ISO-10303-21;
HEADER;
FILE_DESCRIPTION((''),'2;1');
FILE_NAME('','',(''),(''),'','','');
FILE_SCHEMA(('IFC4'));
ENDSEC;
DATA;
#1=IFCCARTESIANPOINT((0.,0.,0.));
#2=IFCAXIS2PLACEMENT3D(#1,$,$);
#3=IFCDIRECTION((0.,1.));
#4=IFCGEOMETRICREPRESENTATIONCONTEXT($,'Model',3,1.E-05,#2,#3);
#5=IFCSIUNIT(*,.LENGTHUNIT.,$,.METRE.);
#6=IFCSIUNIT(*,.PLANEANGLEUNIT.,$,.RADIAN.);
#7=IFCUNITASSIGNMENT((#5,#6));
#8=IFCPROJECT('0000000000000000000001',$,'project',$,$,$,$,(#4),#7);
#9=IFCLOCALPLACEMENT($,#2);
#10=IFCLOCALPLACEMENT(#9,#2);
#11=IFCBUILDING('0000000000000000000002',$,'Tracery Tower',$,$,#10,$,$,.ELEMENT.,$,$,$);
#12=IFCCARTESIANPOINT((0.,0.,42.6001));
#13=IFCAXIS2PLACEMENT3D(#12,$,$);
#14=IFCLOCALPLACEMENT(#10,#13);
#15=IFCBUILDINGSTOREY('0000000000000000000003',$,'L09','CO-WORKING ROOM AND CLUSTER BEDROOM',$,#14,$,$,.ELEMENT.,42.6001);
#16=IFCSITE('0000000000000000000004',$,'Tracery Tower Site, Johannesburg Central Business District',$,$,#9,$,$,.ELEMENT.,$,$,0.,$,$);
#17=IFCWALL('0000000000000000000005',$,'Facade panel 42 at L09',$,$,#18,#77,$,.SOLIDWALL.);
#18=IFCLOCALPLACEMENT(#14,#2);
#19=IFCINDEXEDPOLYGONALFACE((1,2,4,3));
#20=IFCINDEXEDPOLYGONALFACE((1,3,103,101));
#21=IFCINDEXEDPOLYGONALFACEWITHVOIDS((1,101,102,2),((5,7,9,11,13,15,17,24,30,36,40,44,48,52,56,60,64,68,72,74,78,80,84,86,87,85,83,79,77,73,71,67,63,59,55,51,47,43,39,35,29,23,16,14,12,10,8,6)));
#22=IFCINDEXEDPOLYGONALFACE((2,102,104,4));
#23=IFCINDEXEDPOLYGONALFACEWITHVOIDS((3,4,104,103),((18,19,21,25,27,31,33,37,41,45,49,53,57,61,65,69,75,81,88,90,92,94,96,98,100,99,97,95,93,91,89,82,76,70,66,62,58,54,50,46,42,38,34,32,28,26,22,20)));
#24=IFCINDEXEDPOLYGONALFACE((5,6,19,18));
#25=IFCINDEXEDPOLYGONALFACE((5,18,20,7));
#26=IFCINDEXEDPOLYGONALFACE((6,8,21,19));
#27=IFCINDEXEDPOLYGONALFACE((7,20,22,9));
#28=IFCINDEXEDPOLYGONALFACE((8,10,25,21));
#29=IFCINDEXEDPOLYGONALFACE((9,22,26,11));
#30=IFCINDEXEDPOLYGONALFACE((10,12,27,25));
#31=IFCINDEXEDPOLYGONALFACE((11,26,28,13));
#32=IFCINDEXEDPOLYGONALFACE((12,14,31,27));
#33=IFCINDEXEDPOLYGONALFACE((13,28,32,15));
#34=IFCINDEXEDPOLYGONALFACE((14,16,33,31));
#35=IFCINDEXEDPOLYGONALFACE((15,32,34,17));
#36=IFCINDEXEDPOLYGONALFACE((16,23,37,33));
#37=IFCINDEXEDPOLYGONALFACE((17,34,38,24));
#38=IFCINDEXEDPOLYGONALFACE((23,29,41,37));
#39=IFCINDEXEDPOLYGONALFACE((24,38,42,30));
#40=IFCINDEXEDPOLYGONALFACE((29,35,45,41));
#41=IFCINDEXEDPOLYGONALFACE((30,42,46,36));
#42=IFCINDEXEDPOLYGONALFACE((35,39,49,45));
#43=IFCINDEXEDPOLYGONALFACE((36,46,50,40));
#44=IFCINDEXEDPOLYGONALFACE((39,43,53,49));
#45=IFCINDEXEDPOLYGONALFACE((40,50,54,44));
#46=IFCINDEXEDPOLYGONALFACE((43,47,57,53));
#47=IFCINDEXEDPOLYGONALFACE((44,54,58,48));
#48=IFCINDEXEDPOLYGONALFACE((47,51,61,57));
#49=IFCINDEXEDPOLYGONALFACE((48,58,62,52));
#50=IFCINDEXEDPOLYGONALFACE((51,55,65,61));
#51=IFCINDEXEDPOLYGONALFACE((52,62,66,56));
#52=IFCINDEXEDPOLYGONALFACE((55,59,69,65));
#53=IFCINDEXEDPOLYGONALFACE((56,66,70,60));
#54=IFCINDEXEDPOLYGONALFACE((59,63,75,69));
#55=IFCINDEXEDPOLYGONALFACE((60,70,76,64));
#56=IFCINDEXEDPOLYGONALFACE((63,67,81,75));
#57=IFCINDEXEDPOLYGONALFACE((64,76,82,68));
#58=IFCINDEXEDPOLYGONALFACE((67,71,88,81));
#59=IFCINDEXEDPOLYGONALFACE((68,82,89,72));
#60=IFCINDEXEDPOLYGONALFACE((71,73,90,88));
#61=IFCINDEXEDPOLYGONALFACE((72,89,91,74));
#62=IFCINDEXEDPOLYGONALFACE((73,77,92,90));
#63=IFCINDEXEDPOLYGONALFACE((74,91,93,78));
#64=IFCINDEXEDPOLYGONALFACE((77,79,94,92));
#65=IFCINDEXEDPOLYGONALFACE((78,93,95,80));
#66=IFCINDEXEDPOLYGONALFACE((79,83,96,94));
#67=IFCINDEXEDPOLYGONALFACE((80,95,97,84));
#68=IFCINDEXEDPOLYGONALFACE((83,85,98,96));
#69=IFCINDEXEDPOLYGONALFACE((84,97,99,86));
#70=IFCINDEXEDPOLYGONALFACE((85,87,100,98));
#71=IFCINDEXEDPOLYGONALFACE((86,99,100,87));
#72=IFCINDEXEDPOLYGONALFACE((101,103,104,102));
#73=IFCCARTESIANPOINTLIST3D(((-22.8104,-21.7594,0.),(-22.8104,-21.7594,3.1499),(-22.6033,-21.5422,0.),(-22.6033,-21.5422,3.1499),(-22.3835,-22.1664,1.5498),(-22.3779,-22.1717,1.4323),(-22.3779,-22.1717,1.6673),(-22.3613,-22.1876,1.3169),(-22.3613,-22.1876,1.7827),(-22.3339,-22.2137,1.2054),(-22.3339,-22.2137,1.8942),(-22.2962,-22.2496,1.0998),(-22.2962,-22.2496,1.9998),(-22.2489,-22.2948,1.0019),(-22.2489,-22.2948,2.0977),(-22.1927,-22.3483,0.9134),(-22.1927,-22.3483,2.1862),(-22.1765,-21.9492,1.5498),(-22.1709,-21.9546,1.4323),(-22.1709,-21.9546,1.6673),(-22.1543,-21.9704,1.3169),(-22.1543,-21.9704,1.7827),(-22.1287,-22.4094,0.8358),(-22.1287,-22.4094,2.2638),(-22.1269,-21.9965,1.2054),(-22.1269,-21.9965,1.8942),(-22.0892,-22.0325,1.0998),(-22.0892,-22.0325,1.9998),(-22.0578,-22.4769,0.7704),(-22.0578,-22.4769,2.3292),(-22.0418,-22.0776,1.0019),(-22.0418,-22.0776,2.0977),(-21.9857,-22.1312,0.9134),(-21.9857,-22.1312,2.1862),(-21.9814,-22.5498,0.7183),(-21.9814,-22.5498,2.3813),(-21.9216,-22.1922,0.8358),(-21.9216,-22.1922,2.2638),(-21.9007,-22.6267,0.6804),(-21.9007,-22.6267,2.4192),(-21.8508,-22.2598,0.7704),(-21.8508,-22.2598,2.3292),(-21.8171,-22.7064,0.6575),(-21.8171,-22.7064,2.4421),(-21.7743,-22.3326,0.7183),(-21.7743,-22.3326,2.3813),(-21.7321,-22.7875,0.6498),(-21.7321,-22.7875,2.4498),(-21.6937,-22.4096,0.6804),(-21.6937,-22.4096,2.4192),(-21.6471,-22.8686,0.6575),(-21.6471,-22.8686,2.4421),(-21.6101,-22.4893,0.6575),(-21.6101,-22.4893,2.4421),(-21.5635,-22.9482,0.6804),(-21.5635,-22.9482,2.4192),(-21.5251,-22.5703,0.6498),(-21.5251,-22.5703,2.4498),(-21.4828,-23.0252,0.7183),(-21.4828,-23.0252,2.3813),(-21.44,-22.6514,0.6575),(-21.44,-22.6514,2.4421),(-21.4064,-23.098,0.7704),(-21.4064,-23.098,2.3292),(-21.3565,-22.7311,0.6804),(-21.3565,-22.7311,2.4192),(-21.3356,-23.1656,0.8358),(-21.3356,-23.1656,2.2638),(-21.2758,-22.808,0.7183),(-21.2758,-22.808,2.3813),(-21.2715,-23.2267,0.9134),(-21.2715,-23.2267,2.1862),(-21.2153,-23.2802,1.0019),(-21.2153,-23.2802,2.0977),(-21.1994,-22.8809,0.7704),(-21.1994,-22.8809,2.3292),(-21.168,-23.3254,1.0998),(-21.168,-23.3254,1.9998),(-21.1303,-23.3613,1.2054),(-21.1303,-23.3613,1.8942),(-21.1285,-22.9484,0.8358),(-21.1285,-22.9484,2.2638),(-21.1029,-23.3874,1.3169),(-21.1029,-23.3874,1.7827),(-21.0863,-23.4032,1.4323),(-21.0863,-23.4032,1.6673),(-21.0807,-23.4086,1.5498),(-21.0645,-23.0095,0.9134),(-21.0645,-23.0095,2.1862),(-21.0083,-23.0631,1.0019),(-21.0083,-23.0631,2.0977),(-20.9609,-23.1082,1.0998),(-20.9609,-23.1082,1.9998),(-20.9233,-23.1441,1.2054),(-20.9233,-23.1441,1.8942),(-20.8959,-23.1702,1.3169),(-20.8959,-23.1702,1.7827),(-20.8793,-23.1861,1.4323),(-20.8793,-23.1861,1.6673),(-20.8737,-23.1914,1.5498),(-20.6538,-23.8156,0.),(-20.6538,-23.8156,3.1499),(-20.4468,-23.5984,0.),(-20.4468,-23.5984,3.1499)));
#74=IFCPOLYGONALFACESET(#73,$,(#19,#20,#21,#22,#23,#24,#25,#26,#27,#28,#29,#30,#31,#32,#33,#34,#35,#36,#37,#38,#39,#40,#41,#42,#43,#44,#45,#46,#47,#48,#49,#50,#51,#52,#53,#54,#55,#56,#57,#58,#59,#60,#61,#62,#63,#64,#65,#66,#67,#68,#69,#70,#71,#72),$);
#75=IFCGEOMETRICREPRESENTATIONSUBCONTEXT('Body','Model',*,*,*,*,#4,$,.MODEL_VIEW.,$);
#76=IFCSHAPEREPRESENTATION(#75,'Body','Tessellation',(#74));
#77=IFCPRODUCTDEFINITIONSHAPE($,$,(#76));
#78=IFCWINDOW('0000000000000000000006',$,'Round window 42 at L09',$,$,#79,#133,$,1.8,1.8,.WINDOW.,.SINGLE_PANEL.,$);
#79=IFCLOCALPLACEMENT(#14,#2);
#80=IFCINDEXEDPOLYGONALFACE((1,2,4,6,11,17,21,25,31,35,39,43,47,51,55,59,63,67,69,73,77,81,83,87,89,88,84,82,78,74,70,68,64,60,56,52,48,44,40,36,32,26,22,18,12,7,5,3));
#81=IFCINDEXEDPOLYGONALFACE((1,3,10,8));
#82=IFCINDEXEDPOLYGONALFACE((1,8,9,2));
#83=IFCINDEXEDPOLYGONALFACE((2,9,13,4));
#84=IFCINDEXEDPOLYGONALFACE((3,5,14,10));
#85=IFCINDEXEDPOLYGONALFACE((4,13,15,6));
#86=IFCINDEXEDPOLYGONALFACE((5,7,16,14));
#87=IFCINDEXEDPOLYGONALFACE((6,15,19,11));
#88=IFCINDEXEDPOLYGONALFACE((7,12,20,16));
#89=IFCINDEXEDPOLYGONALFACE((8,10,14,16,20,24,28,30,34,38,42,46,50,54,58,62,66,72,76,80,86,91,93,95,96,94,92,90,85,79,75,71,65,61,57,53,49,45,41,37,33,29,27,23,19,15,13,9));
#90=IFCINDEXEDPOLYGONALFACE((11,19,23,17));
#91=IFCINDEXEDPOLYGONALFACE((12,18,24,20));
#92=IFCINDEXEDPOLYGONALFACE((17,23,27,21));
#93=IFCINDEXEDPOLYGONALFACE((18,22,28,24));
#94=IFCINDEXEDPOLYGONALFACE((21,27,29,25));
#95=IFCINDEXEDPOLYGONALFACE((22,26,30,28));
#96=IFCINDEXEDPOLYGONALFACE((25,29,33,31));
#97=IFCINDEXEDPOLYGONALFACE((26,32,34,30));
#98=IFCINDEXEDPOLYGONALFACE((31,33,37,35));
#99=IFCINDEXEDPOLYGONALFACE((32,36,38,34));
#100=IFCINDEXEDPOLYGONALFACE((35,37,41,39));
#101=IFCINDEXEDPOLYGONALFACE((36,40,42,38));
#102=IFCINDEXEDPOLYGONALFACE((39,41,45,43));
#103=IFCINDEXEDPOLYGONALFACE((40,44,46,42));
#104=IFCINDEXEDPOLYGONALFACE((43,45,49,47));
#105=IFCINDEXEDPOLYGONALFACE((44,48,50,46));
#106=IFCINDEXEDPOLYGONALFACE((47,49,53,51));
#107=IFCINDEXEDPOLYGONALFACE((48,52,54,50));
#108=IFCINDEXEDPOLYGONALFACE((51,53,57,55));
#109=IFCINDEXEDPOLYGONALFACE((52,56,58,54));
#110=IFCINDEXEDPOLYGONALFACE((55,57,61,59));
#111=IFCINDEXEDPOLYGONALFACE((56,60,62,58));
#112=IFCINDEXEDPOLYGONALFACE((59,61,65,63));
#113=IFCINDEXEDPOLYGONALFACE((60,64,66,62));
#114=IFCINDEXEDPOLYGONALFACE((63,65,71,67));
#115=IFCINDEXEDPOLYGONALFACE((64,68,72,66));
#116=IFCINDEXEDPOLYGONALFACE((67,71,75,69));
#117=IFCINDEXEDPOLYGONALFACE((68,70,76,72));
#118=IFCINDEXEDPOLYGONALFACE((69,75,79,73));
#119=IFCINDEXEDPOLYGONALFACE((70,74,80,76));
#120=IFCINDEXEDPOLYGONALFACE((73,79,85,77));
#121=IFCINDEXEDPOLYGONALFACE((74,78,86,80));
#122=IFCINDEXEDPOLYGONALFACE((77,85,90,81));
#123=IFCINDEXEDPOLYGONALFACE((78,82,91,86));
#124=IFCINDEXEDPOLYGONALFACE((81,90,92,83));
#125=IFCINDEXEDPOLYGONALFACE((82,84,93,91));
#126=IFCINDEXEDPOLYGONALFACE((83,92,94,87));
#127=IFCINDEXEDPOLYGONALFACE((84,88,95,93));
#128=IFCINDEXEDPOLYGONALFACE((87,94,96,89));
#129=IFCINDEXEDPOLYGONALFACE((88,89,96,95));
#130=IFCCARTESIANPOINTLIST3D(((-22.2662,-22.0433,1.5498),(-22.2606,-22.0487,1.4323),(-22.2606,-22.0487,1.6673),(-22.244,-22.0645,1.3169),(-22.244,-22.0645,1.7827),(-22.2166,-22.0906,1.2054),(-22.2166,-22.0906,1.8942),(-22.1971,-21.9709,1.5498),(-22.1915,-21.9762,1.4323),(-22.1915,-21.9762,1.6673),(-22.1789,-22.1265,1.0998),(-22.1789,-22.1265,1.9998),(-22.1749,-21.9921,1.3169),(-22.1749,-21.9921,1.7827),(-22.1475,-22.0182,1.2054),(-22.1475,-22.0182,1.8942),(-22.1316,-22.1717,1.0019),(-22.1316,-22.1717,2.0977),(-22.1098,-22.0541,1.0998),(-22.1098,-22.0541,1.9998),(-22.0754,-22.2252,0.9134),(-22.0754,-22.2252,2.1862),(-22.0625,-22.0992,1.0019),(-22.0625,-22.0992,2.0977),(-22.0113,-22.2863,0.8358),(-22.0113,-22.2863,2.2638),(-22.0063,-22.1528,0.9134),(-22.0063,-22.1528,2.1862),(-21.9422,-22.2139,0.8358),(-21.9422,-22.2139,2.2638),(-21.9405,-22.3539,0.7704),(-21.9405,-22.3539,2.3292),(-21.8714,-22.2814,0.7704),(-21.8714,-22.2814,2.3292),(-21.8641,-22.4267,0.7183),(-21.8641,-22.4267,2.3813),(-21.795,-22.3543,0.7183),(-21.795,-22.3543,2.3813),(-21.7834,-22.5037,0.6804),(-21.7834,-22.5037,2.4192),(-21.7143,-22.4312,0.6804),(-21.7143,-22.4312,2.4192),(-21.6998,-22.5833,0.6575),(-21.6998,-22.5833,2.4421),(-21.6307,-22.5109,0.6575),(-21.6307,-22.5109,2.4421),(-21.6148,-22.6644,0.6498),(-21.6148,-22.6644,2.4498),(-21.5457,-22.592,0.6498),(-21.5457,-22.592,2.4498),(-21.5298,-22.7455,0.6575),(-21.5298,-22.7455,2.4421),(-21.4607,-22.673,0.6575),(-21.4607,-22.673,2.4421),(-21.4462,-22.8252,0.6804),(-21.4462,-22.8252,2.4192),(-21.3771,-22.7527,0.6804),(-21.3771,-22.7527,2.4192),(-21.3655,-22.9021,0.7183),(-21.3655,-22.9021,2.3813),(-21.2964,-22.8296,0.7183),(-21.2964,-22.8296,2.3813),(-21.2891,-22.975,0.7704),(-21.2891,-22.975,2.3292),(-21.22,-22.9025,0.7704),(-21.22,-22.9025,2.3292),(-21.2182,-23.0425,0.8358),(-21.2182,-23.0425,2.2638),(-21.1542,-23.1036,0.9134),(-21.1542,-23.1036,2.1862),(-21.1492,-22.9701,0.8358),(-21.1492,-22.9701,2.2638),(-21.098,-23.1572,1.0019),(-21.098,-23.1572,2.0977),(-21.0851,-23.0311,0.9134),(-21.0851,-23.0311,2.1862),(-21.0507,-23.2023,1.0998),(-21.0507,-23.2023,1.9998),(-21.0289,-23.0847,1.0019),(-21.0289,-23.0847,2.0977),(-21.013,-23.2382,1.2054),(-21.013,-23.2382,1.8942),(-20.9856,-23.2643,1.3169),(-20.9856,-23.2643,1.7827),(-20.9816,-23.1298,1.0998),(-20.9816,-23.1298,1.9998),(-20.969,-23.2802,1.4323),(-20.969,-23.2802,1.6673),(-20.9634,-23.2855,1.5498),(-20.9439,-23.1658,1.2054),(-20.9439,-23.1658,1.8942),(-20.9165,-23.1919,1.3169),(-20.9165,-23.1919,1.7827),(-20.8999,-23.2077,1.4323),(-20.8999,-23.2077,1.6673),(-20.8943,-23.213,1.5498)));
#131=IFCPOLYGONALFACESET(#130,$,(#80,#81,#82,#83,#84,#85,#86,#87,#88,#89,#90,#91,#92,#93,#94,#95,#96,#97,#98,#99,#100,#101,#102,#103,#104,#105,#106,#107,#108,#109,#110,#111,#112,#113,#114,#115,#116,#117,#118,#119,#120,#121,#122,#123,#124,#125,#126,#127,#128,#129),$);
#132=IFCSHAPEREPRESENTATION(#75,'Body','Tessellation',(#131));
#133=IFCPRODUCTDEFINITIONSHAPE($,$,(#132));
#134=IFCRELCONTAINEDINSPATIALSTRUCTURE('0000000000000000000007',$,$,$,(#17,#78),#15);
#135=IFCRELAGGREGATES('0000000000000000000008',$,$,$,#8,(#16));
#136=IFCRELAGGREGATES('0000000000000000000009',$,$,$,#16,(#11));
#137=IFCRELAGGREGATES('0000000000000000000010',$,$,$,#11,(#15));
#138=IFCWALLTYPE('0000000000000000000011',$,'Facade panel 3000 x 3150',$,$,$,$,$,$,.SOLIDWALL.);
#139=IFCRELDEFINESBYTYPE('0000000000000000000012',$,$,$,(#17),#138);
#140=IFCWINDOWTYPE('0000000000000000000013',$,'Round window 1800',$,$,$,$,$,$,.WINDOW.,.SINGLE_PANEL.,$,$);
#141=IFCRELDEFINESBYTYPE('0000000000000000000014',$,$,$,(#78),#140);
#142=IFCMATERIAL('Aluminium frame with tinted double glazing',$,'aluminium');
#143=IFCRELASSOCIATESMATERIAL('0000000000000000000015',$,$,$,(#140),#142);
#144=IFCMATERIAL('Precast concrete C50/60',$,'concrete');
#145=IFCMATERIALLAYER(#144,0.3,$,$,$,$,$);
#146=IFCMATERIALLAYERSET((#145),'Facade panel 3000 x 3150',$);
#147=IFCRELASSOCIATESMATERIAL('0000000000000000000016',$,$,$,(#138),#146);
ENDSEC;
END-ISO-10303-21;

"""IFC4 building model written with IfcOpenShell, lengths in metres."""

from ifc_helpers import new_model, si_unit, direction, frame, frame_2d, origin, origin_2d, place, context, subcontext, project, spatial, rectangle, circle, extrude, material, layer, layer_set, type_object, element, fill, save


model = new_model("IFC4")

# Units and contexts
model_context = context("Model", 3, precision=1e-05, world=origin(), true_north=direction((0.0, 1.0)))
body_context = subcontext(model_context, "Body", "Model", "MODEL_VIEW")
ifc_project = project(units=[si_unit("LENGTHUNIT", "METRE"), si_unit("PLANEANGLEUNIT", "RADIAN")], contexts=[model_context])

# Site, building, storey
site_placement = place(None, origin())
site = spatial("IfcSite", under=ifc_project, at=site_placement, Name="Tracery Tower Site, Johannesburg Central Business District", CompositionType="ELEMENT", RefElevation=0.0)
building_placement = place(site_placement, origin())
building = spatial("IfcBuilding", under=site, at=building_placement, Name="Tracery Tower", CompositionType="ELEMENT")
storey_placement = place(building_placement, frame((0.0, 0.0, 42.6001)))
storey = spatial("IfcBuildingStorey", under=building, at=storey_placement, Name="L09", Description="CO-WORKING ROOM AND CLUSTER BEDROOM", CompositionType="ELEMENT", Elevation=42.6001)

# Wall, opening, window
ifc_material_1 = material(Name="Aluminium frame with tinted double glazing", Category="aluminium")
window_type = type_object("IfcWindowType", Name="Round window 1800", PartitioningType="SINGLE_PANEL", PredefinedType="WINDOW", material=ifc_material_1)
ifc_material_2 = material(Name="Precast concrete C50/60", Category="concrete")
ifc_layer_1 = layer(ifc_material_2, 0.3)
ifc_layer_set_1 = layer_set([ifc_layer_1], Name="Facade panel 3000 x 3150")
wall_type_1 = type_object("IfcWallType", Name="Facade panel 3000 x 3150", PredefinedType="SOLIDWALL", material=ifc_layer_set_1)
wall_1_placement = place(storey_placement, frame((-22.7068, -21.6509, 0.0), z_axis=(0.0, 0.0, 1.0), x_axis=(0.723744, -0.690068, 0.0)))
wall_1 = element("IfcWall", 1, at=wall_1_placement, inside=storey, type_object=wall_type_1, Name="Facade panel 42 at L09", PredefinedType="SOLIDWALL", context=body_context, shape_type="SweptSolid", body=[
    extrude(rectangle(XDim=2.9797, YDim=0.3, at=frame_2d((1.4897, 0.0))), origin(), (0.0, 0.0, 1.0), 3.1499),
])
opening_1_placement = place(wall_1_placement, frame((1.4897, 0.0, 1.5498)))
opening_1 = element("IfcOpeningElement", 2, at=opening_1_placement, cuts=wall_1, PredefinedType="OPENING", context=body_context, shape_type="SweptSolid", body=[
    extrude(circle(Radius=0.9, at=origin_2d()), frame((0.0, 0.1599, 0.0), z_axis=(0.0, -1.0, 0.0), x_axis=(1.0, 0.0, 0.0)), (0.0, 0.0, 1.0), 0.3201),
])
window_1_placement = place(opening_1_placement, origin())
window_1 = element("IfcWindow", 3, at=window_1_placement, inside=storey, type_object=window_type, Name="Round window 42 at L09", OverallHeight=1.8, OverallWidth=1.8, PartitioningType="SINGLE_PANEL", PredefinedType="WINDOW", context=body_context, shape_type="SweptSolid", body=[
    extrude(circle(Radius=0.9, at=origin_2d()), frame((0.0, 0.1201, 0.0), z_axis=(0.0, -1.0, 0.0), x_axis=(1.0, 0.0, 0.0)), (0.0, 0.0, 1.0), 0.1001),
])
fill(opening_1, window_1)

save(model, "model.ifc")
